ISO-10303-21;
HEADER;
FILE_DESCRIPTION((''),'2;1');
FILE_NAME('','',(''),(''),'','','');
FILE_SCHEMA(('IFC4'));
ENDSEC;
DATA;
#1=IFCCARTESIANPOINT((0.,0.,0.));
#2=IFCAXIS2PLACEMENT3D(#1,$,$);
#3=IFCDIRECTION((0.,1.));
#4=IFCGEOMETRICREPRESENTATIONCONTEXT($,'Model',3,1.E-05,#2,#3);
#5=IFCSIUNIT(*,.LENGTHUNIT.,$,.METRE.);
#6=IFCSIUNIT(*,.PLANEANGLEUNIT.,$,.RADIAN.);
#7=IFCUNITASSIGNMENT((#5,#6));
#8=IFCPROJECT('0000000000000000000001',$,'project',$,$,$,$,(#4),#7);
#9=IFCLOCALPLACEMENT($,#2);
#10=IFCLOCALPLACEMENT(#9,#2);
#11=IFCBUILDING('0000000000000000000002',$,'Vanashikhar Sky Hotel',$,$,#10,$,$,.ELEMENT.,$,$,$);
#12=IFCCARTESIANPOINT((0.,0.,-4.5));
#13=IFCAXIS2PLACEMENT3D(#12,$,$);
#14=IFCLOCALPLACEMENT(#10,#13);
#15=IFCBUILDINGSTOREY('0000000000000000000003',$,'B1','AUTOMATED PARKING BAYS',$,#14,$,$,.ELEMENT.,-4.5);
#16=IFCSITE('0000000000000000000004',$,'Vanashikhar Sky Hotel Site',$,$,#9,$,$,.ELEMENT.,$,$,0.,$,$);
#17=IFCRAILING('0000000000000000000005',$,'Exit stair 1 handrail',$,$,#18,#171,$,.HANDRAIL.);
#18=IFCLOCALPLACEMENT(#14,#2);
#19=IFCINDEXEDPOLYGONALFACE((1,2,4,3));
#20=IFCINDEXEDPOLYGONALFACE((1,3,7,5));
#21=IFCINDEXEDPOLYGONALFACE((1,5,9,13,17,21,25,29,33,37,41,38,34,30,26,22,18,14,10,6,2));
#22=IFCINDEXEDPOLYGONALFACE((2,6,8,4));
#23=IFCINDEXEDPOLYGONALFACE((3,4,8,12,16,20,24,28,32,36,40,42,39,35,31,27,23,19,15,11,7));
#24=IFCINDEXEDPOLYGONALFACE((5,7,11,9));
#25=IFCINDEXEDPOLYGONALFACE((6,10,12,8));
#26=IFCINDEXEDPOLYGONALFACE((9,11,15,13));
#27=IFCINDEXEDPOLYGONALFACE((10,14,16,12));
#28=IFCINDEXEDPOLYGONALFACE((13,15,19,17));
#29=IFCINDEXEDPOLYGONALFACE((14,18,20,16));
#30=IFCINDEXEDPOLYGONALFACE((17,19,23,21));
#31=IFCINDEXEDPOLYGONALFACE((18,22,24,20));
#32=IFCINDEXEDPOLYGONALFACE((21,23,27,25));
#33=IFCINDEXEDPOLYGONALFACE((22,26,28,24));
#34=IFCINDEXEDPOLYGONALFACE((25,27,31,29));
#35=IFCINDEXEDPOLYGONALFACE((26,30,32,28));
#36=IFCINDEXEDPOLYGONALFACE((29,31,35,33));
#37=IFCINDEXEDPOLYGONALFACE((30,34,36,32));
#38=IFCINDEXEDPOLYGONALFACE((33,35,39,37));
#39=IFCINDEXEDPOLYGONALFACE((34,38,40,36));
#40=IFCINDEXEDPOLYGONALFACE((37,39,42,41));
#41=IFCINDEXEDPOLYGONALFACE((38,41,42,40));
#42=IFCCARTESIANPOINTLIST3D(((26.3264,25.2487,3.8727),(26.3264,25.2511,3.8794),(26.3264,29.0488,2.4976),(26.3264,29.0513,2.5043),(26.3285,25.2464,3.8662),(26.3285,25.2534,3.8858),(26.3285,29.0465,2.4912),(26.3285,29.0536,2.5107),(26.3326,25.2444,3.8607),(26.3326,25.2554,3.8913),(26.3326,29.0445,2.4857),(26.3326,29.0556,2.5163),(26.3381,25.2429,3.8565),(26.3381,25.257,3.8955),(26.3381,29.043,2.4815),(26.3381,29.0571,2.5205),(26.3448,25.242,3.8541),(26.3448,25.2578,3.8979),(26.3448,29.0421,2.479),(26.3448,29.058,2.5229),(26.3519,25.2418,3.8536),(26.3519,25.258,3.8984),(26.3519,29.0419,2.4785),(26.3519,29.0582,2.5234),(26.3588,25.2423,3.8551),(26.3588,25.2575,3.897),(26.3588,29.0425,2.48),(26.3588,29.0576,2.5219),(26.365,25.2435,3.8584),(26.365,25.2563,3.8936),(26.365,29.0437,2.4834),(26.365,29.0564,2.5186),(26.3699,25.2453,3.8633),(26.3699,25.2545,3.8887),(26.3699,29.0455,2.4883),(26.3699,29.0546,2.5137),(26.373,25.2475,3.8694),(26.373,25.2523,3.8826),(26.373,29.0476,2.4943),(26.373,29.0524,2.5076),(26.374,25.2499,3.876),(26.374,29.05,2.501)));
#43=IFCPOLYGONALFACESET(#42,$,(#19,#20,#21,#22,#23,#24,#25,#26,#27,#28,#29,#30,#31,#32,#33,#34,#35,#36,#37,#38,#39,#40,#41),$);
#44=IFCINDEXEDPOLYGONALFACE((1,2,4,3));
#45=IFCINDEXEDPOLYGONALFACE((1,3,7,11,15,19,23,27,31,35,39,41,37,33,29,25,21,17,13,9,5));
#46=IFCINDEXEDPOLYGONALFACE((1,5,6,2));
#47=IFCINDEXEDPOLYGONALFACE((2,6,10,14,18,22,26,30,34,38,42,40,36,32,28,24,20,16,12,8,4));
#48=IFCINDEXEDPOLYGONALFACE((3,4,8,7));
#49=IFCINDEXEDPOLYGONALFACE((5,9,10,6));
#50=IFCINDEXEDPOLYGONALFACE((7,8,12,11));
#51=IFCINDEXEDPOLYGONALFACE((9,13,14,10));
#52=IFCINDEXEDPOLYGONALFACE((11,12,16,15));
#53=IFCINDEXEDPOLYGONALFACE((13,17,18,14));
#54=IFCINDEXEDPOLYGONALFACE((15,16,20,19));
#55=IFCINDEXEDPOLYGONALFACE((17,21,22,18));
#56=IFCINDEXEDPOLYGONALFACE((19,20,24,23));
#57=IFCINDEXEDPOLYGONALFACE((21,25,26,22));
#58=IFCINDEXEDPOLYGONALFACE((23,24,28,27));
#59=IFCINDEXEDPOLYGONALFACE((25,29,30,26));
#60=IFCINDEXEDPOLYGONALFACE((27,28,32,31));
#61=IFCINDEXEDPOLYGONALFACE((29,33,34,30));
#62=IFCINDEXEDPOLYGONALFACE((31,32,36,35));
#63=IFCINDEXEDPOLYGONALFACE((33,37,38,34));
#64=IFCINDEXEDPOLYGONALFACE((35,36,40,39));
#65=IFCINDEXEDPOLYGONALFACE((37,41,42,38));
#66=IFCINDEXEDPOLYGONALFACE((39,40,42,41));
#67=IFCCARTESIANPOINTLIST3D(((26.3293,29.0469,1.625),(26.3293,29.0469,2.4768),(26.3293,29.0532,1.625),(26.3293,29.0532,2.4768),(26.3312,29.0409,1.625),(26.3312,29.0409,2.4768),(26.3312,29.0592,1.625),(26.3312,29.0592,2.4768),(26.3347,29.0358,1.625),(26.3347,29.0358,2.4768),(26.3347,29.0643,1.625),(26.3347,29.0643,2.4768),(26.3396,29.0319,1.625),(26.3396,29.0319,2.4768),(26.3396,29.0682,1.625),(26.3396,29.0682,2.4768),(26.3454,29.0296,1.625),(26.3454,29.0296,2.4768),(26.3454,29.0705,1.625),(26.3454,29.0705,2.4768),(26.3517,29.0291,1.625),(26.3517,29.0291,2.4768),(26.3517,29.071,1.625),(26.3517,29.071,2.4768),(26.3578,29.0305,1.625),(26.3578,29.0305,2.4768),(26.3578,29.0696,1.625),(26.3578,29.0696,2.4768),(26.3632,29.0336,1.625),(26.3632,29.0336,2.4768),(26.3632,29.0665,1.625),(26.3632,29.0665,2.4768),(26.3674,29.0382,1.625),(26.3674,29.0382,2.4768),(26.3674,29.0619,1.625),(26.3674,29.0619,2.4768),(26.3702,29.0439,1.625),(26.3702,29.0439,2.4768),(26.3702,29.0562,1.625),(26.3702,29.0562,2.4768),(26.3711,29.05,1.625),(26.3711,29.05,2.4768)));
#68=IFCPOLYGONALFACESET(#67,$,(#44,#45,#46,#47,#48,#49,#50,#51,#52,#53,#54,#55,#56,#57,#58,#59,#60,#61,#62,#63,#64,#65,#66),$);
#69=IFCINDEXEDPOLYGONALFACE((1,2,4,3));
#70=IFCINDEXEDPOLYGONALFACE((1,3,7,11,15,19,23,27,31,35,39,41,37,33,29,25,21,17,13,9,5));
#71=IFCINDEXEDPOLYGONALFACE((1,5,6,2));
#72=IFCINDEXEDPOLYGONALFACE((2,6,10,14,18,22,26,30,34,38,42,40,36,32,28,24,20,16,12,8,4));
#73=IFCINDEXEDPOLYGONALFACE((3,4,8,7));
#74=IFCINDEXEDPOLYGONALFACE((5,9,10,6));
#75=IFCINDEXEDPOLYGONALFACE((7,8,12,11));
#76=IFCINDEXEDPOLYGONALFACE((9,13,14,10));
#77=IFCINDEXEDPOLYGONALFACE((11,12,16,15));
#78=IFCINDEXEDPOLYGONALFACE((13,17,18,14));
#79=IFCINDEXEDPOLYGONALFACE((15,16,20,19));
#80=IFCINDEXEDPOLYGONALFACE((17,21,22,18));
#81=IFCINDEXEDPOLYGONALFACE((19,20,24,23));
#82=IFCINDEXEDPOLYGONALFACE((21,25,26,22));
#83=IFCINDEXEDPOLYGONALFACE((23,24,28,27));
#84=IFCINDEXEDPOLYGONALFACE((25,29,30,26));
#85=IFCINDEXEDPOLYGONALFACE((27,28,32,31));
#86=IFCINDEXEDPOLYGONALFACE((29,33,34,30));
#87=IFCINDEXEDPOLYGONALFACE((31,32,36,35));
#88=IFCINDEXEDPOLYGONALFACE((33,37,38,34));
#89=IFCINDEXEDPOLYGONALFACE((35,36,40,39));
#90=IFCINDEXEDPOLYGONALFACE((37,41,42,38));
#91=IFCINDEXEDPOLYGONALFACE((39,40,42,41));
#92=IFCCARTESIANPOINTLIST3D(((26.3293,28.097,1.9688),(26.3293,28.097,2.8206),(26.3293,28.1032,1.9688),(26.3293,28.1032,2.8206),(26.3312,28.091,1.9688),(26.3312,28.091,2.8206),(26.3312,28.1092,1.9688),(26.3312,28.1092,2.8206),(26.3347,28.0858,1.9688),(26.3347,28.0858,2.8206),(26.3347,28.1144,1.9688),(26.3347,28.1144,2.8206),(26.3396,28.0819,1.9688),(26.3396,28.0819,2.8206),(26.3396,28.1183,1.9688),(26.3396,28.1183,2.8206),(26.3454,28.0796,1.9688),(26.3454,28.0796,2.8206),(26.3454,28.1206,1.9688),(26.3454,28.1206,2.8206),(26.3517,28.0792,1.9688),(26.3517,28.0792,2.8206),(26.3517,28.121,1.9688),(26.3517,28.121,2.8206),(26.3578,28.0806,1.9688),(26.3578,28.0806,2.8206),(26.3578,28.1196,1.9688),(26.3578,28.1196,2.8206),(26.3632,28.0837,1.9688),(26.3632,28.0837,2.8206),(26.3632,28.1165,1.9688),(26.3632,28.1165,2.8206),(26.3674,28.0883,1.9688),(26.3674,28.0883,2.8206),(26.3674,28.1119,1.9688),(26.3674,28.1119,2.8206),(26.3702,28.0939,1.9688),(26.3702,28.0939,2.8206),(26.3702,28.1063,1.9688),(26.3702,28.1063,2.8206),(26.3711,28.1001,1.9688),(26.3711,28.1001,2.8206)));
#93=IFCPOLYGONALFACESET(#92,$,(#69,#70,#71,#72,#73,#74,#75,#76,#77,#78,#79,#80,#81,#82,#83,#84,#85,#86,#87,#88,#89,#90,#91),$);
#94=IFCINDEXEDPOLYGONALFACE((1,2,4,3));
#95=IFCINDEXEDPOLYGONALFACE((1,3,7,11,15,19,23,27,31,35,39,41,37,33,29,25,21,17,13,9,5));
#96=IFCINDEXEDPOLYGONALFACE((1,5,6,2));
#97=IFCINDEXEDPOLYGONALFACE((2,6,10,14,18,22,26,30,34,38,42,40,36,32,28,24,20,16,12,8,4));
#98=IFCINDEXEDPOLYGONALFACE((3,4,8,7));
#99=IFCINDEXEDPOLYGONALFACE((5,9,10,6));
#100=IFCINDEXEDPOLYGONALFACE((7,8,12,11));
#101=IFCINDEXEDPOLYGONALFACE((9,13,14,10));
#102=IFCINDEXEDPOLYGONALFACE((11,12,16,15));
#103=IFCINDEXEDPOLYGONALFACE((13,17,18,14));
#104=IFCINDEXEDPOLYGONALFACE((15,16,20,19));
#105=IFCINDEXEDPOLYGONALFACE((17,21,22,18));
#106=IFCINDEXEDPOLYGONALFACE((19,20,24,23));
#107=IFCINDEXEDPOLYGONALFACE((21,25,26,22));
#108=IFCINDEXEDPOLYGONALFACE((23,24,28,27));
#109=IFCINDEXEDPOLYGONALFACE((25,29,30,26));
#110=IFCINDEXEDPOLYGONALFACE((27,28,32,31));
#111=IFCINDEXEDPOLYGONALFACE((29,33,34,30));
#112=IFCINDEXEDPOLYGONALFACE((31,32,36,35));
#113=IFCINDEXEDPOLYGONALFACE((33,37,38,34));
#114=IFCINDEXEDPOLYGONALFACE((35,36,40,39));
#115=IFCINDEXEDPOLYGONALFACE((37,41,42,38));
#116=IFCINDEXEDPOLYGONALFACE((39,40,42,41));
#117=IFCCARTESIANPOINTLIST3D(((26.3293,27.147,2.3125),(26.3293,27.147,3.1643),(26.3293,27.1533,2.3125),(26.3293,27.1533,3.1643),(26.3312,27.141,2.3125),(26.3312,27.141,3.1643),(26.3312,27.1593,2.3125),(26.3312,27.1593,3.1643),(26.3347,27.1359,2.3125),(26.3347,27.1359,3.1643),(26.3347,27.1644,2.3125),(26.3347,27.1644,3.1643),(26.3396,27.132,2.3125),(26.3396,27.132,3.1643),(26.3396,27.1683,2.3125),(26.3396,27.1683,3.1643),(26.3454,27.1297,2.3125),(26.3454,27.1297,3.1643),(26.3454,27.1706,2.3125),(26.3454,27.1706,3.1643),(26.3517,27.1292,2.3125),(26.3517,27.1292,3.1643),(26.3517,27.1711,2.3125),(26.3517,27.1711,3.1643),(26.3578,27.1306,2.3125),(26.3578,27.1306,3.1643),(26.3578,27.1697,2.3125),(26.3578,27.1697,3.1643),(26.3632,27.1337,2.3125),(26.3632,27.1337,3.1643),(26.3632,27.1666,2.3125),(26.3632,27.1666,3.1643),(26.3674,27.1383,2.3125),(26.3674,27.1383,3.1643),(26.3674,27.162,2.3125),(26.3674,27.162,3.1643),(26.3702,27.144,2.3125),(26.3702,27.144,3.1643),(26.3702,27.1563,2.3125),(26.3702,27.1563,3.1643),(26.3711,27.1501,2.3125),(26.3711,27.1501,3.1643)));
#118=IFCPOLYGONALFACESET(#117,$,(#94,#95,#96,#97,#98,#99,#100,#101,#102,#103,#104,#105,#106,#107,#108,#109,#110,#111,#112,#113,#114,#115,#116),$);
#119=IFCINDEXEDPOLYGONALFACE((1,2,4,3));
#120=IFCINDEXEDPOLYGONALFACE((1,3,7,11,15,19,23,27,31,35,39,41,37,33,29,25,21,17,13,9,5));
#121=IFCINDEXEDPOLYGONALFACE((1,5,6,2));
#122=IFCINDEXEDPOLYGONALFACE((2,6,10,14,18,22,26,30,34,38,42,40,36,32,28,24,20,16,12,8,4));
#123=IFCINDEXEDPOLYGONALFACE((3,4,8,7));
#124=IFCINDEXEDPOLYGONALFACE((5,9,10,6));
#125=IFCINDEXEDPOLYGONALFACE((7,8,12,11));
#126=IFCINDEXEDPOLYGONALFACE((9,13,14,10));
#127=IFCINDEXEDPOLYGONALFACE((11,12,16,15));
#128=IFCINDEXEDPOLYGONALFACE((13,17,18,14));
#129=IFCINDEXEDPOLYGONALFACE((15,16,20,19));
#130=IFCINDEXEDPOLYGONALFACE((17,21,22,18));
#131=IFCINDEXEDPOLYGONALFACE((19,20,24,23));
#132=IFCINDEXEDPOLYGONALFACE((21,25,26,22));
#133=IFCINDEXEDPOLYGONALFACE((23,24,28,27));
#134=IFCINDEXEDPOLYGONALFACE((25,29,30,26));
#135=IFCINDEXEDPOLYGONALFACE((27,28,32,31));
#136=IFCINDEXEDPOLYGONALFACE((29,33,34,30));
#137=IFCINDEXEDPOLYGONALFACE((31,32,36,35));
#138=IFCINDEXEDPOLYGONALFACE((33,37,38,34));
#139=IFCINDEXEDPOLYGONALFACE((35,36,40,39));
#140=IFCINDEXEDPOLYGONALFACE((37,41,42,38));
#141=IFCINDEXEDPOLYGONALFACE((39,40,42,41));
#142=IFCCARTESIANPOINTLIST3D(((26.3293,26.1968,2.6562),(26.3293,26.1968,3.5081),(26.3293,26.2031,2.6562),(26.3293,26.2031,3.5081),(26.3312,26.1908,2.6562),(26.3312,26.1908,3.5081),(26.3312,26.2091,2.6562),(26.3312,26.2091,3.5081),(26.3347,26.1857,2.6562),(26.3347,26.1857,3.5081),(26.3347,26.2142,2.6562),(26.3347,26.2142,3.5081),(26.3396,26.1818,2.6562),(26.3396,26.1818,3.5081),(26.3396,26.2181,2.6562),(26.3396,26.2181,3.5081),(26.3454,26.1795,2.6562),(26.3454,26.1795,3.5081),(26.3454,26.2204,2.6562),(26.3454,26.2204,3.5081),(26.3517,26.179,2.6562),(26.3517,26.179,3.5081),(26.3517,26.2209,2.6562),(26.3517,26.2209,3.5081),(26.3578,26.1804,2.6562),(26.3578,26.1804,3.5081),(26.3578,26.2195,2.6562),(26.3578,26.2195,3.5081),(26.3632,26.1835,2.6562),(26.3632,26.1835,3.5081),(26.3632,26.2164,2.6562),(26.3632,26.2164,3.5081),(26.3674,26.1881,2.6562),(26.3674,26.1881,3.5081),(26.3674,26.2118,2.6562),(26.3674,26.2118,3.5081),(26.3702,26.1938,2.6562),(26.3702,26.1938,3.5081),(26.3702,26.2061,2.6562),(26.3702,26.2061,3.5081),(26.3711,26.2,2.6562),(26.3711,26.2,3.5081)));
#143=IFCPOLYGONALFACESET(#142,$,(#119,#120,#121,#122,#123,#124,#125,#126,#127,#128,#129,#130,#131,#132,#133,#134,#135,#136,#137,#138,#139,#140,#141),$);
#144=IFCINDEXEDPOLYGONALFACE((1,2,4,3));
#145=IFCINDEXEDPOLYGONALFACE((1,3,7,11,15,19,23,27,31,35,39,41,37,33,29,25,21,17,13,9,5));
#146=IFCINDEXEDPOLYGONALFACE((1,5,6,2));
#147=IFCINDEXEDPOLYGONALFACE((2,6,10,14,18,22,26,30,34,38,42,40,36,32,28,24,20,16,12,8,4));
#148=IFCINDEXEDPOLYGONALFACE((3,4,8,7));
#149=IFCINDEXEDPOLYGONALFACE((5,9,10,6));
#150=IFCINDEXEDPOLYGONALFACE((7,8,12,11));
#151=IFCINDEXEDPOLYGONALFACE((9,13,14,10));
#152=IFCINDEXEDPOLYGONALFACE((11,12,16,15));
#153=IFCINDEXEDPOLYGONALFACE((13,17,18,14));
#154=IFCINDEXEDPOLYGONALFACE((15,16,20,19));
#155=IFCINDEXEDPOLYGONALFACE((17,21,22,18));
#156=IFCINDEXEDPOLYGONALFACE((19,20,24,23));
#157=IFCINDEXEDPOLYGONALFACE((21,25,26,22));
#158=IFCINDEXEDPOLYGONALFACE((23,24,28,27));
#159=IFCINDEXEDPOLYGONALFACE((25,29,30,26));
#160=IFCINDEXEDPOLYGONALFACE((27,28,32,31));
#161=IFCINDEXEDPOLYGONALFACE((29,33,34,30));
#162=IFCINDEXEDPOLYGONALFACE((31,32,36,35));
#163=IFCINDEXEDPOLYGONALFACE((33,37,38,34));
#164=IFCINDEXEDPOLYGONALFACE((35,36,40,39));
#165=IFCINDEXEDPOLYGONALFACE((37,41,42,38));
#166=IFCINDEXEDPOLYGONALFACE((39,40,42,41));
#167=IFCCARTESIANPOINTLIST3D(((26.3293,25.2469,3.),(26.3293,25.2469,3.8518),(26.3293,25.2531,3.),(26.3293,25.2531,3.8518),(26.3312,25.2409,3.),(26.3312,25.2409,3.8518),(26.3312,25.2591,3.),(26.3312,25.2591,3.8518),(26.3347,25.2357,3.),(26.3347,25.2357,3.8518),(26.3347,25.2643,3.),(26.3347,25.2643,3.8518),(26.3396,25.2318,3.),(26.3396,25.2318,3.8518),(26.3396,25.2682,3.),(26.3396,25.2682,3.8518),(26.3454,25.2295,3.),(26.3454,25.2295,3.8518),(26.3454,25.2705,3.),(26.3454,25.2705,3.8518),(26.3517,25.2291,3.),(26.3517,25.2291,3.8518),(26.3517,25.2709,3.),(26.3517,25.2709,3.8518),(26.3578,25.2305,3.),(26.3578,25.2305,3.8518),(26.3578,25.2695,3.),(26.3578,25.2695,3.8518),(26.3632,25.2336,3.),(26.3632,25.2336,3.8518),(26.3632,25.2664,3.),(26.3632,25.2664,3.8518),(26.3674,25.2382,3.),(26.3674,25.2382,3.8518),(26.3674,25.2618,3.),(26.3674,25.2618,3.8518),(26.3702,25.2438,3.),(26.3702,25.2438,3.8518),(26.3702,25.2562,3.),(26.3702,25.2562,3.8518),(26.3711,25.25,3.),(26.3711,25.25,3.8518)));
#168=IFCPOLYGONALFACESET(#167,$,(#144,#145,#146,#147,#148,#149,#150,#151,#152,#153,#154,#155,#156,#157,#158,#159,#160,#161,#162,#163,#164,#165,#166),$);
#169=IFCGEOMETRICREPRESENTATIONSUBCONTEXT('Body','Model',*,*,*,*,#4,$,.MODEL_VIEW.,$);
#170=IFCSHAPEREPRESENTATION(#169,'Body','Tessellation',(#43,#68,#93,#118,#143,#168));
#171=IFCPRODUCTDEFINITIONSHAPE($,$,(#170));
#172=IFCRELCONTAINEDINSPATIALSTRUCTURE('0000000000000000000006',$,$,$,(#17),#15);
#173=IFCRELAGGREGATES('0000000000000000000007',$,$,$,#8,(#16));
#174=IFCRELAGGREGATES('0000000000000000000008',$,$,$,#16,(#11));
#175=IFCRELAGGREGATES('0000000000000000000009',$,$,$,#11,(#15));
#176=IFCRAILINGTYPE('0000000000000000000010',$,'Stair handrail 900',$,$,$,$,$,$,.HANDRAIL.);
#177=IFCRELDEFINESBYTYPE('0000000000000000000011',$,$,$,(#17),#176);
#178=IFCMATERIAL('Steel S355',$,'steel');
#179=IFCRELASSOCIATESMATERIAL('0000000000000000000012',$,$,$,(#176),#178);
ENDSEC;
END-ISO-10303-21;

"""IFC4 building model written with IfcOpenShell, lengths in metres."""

from ifc_helpers import new_model, si_unit, direction, frame, origin, origin_2d, place, context, subcontext, project, spatial, circle, extrude, source, transform, mapped, material, type_object, element, save


model = new_model("IFC4")

# Units and contexts
model_context = context("Model", 3, precision=1e-05, world=origin(), true_north=direction((0.0, 1.0)))
body_context = subcontext(model_context, "Body", "Model", "MODEL_VIEW")
ifc_project = project(units=[si_unit("LENGTHUNIT", "METRE"), si_unit("PLANEANGLEUNIT", "RADIAN")], contexts=[model_context])

# Site, building, storey
site_placement = place(None, origin())
site = spatial("IfcSite", under=ifc_project, at=site_placement, Name="Vanashikhar Sky Hotel Site", CompositionType="ELEMENT", RefElevation=0.0)
building_placement = place(site_placement, origin())
building = spatial("IfcBuilding", under=site, at=building_placement, Name="Vanashikhar Sky Hotel", CompositionType="ELEMENT")
storey_placement = place(building_placement, frame((0.0, 0.0, -4.5)))
storey = spatial("IfcBuildingStorey", under=building, at=storey_placement, Name="B1", Description="AUTOMATED PARKING BAYS", CompositionType="ELEMENT", Elevation=-4.5)

# Railing
ifc_material_1 = material(Name="Steel S355", Category="steel")
railing_type_1 = type_object("IfcRailingType", Name="Stair handrail 900", PredefinedType="HANDRAIL", material=ifc_material_1)
shared_shape_1 = source(origin(), body_context, "Body", "SweptSolid", [
    extrude(circle(Radius=0.0239, at=origin_2d()), frame((0.0, 0.0, 0.876), z_axis=(0.0, -0.940336, 0.340249), x_axis=(1.0, 0.0, 0.0)), (0.0, 0.0, 1.0), 4.0413),
    extrude(circle(Radius=0.021, at=origin_2d()), origin(), (0.0, 0.0, 1.0), 0.8518),
    extrude(circle(Radius=0.021, at=origin_2d()), frame((0.0, -0.95, 0.3438)), (0.0, 0.0, 1.0), 0.8518),
    extrude(circle(Radius=0.021, at=origin_2d()), frame((0.0, -1.8999, 0.6875)), (0.0, 0.0, 1.0), 0.8518),
    extrude(circle(Radius=0.021, at=origin_2d()), frame((0.0, -2.8501, 1.0312)), (0.0, 0.0, 1.0), 0.8518),
    extrude(circle(Radius=0.021, at=origin_2d()), frame((0.0, -3.8, 1.375)), (0.0, 0.0, 1.0), 0.8518),
])
railing_1_placement = place(storey_placement, frame((26.3501, 29.05, 1.625)))
element("IfcRailing", 1, at=railing_1_placement, inside=storey, type_object=railing_type_1, Name="Exit stair 1 handrail", PredefinedType="HANDRAIL", context=body_context, shape_type="MappedRepresentation", body=[
    mapped(shared_shape_1, transform((0.0, 0.0, 0.0), scale=1.0)),
])

save(model, "model.ifc")
